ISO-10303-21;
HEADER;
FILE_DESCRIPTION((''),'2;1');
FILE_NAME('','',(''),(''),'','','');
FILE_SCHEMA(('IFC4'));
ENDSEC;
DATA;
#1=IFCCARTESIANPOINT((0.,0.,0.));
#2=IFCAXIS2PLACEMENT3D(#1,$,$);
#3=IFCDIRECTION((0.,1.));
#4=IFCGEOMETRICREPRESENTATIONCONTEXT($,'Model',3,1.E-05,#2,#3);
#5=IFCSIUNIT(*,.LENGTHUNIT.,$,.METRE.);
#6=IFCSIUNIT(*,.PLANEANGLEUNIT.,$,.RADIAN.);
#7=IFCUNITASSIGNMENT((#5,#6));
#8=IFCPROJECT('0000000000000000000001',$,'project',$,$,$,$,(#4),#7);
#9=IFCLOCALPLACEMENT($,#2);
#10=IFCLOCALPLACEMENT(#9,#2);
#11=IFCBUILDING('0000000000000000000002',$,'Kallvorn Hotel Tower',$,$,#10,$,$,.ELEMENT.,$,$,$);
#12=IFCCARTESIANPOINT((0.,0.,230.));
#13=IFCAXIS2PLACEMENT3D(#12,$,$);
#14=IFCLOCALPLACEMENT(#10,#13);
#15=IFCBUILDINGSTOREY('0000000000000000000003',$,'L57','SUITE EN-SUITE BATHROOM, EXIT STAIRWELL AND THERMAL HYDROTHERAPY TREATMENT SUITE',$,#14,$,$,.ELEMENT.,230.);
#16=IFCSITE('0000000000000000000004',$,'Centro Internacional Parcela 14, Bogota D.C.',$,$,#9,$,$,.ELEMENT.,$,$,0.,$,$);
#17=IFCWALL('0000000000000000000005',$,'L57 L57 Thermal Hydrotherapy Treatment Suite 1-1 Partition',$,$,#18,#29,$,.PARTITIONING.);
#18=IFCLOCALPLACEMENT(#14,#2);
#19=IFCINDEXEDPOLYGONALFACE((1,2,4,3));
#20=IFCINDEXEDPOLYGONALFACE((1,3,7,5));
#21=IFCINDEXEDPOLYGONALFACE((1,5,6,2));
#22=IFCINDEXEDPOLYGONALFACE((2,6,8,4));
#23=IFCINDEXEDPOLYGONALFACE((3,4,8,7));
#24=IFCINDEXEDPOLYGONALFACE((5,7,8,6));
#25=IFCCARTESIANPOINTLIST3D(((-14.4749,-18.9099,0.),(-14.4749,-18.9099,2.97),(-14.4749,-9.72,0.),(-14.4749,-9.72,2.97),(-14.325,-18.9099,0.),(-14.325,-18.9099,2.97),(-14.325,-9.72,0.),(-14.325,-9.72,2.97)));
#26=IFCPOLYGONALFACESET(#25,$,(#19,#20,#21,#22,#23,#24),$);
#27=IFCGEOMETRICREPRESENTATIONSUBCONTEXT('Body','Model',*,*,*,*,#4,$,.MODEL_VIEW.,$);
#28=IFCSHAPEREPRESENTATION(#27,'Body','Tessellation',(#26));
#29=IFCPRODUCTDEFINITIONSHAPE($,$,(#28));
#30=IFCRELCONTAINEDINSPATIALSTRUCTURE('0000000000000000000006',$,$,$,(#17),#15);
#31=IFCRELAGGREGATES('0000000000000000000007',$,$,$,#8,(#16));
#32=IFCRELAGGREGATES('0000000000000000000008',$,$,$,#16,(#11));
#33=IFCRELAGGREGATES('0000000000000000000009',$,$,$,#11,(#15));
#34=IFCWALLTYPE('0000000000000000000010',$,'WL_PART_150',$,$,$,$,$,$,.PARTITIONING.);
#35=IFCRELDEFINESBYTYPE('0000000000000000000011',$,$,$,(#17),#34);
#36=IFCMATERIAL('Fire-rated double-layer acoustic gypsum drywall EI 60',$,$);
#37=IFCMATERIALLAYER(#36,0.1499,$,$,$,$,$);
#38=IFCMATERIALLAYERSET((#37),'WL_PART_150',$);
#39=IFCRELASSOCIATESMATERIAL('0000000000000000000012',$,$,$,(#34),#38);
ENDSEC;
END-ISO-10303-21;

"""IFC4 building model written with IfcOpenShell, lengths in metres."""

from ifc_helpers import new_model, si_unit, direction, frame, frame_2d, origin, place, context, subcontext, project, spatial, rectangle, extrude, material, layer, layer_set, type_object, element, save


model = new_model("IFC4")

# Units and contexts
model_context = context("Model", 3, precision=1e-05, world=origin(), true_north=direction((0.0, 1.0)))
body_context = subcontext(model_context, "Body", "Model", "MODEL_VIEW")
ifc_project = project(units=[si_unit("LENGTHUNIT", "METRE"), si_unit("PLANEANGLEUNIT", "RADIAN")], contexts=[model_context])

# Site, building, storey
site_placement = place(None, origin())
site = spatial("IfcSite", under=ifc_project, at=site_placement, Name="Centro Internacional Parcela 14, Bogota D.C.", CompositionType="ELEMENT", RefElevation=0.0)
building_placement = place(site_placement, origin())
building = spatial("IfcBuilding", under=site, at=building_placement, Name="Kallvorn Hotel Tower", CompositionType="ELEMENT")
storey_placement = place(building_placement, frame((0.0, 0.0, 230.0)))
storey = spatial("IfcBuildingStorey", under=building, at=storey_placement, Name="L57", Description="SUITE EN-SUITE BATHROOM, EXIT STAIRWELL AND THERMAL HYDROTHERAPY TREATMENT SUITE", CompositionType="ELEMENT", Elevation=230.0)

# Shared definitions
ifc_material_1 = material(Name="Fire-rated double-layer acoustic gypsum drywall EI 60")
ifc_layer_1 = layer(ifc_material_1, 0.1499)
ifc_layer_set_1 = layer_set([ifc_layer_1], Name="WL_PART_150")
wall_type_1 = type_object("IfcWallType", Name="WL_PART_150", PredefinedType="PARTITIONING", material=ifc_layer_set_1)

# Wall
for number, where, z_axis, x_axis, name in (
    (1, (-14.3999, -18.9099, 0.0), (0.0, 0.0, 1.0), (0.0, 1.0, 0.0), "L57 L57 Thermal Hydrotherapy Treatment Suite 1-1 Partition"),
):
    element("IfcWall", number, at=place(storey_placement, frame(where, z_axis=z_axis, x_axis=x_axis)), inside=storey, type_object=wall_type_1, Name=name, PredefinedType="PARTITIONING", context=body_context, shape_type="SweptSolid", body=[
        extrude(rectangle(XDim=9.1899, YDim=0.1499, at=frame_2d((4.595, 0.0))), origin(), (0.0, 0.0, 1.0), 2.97),
    ])

save(model, "model.ifc")
